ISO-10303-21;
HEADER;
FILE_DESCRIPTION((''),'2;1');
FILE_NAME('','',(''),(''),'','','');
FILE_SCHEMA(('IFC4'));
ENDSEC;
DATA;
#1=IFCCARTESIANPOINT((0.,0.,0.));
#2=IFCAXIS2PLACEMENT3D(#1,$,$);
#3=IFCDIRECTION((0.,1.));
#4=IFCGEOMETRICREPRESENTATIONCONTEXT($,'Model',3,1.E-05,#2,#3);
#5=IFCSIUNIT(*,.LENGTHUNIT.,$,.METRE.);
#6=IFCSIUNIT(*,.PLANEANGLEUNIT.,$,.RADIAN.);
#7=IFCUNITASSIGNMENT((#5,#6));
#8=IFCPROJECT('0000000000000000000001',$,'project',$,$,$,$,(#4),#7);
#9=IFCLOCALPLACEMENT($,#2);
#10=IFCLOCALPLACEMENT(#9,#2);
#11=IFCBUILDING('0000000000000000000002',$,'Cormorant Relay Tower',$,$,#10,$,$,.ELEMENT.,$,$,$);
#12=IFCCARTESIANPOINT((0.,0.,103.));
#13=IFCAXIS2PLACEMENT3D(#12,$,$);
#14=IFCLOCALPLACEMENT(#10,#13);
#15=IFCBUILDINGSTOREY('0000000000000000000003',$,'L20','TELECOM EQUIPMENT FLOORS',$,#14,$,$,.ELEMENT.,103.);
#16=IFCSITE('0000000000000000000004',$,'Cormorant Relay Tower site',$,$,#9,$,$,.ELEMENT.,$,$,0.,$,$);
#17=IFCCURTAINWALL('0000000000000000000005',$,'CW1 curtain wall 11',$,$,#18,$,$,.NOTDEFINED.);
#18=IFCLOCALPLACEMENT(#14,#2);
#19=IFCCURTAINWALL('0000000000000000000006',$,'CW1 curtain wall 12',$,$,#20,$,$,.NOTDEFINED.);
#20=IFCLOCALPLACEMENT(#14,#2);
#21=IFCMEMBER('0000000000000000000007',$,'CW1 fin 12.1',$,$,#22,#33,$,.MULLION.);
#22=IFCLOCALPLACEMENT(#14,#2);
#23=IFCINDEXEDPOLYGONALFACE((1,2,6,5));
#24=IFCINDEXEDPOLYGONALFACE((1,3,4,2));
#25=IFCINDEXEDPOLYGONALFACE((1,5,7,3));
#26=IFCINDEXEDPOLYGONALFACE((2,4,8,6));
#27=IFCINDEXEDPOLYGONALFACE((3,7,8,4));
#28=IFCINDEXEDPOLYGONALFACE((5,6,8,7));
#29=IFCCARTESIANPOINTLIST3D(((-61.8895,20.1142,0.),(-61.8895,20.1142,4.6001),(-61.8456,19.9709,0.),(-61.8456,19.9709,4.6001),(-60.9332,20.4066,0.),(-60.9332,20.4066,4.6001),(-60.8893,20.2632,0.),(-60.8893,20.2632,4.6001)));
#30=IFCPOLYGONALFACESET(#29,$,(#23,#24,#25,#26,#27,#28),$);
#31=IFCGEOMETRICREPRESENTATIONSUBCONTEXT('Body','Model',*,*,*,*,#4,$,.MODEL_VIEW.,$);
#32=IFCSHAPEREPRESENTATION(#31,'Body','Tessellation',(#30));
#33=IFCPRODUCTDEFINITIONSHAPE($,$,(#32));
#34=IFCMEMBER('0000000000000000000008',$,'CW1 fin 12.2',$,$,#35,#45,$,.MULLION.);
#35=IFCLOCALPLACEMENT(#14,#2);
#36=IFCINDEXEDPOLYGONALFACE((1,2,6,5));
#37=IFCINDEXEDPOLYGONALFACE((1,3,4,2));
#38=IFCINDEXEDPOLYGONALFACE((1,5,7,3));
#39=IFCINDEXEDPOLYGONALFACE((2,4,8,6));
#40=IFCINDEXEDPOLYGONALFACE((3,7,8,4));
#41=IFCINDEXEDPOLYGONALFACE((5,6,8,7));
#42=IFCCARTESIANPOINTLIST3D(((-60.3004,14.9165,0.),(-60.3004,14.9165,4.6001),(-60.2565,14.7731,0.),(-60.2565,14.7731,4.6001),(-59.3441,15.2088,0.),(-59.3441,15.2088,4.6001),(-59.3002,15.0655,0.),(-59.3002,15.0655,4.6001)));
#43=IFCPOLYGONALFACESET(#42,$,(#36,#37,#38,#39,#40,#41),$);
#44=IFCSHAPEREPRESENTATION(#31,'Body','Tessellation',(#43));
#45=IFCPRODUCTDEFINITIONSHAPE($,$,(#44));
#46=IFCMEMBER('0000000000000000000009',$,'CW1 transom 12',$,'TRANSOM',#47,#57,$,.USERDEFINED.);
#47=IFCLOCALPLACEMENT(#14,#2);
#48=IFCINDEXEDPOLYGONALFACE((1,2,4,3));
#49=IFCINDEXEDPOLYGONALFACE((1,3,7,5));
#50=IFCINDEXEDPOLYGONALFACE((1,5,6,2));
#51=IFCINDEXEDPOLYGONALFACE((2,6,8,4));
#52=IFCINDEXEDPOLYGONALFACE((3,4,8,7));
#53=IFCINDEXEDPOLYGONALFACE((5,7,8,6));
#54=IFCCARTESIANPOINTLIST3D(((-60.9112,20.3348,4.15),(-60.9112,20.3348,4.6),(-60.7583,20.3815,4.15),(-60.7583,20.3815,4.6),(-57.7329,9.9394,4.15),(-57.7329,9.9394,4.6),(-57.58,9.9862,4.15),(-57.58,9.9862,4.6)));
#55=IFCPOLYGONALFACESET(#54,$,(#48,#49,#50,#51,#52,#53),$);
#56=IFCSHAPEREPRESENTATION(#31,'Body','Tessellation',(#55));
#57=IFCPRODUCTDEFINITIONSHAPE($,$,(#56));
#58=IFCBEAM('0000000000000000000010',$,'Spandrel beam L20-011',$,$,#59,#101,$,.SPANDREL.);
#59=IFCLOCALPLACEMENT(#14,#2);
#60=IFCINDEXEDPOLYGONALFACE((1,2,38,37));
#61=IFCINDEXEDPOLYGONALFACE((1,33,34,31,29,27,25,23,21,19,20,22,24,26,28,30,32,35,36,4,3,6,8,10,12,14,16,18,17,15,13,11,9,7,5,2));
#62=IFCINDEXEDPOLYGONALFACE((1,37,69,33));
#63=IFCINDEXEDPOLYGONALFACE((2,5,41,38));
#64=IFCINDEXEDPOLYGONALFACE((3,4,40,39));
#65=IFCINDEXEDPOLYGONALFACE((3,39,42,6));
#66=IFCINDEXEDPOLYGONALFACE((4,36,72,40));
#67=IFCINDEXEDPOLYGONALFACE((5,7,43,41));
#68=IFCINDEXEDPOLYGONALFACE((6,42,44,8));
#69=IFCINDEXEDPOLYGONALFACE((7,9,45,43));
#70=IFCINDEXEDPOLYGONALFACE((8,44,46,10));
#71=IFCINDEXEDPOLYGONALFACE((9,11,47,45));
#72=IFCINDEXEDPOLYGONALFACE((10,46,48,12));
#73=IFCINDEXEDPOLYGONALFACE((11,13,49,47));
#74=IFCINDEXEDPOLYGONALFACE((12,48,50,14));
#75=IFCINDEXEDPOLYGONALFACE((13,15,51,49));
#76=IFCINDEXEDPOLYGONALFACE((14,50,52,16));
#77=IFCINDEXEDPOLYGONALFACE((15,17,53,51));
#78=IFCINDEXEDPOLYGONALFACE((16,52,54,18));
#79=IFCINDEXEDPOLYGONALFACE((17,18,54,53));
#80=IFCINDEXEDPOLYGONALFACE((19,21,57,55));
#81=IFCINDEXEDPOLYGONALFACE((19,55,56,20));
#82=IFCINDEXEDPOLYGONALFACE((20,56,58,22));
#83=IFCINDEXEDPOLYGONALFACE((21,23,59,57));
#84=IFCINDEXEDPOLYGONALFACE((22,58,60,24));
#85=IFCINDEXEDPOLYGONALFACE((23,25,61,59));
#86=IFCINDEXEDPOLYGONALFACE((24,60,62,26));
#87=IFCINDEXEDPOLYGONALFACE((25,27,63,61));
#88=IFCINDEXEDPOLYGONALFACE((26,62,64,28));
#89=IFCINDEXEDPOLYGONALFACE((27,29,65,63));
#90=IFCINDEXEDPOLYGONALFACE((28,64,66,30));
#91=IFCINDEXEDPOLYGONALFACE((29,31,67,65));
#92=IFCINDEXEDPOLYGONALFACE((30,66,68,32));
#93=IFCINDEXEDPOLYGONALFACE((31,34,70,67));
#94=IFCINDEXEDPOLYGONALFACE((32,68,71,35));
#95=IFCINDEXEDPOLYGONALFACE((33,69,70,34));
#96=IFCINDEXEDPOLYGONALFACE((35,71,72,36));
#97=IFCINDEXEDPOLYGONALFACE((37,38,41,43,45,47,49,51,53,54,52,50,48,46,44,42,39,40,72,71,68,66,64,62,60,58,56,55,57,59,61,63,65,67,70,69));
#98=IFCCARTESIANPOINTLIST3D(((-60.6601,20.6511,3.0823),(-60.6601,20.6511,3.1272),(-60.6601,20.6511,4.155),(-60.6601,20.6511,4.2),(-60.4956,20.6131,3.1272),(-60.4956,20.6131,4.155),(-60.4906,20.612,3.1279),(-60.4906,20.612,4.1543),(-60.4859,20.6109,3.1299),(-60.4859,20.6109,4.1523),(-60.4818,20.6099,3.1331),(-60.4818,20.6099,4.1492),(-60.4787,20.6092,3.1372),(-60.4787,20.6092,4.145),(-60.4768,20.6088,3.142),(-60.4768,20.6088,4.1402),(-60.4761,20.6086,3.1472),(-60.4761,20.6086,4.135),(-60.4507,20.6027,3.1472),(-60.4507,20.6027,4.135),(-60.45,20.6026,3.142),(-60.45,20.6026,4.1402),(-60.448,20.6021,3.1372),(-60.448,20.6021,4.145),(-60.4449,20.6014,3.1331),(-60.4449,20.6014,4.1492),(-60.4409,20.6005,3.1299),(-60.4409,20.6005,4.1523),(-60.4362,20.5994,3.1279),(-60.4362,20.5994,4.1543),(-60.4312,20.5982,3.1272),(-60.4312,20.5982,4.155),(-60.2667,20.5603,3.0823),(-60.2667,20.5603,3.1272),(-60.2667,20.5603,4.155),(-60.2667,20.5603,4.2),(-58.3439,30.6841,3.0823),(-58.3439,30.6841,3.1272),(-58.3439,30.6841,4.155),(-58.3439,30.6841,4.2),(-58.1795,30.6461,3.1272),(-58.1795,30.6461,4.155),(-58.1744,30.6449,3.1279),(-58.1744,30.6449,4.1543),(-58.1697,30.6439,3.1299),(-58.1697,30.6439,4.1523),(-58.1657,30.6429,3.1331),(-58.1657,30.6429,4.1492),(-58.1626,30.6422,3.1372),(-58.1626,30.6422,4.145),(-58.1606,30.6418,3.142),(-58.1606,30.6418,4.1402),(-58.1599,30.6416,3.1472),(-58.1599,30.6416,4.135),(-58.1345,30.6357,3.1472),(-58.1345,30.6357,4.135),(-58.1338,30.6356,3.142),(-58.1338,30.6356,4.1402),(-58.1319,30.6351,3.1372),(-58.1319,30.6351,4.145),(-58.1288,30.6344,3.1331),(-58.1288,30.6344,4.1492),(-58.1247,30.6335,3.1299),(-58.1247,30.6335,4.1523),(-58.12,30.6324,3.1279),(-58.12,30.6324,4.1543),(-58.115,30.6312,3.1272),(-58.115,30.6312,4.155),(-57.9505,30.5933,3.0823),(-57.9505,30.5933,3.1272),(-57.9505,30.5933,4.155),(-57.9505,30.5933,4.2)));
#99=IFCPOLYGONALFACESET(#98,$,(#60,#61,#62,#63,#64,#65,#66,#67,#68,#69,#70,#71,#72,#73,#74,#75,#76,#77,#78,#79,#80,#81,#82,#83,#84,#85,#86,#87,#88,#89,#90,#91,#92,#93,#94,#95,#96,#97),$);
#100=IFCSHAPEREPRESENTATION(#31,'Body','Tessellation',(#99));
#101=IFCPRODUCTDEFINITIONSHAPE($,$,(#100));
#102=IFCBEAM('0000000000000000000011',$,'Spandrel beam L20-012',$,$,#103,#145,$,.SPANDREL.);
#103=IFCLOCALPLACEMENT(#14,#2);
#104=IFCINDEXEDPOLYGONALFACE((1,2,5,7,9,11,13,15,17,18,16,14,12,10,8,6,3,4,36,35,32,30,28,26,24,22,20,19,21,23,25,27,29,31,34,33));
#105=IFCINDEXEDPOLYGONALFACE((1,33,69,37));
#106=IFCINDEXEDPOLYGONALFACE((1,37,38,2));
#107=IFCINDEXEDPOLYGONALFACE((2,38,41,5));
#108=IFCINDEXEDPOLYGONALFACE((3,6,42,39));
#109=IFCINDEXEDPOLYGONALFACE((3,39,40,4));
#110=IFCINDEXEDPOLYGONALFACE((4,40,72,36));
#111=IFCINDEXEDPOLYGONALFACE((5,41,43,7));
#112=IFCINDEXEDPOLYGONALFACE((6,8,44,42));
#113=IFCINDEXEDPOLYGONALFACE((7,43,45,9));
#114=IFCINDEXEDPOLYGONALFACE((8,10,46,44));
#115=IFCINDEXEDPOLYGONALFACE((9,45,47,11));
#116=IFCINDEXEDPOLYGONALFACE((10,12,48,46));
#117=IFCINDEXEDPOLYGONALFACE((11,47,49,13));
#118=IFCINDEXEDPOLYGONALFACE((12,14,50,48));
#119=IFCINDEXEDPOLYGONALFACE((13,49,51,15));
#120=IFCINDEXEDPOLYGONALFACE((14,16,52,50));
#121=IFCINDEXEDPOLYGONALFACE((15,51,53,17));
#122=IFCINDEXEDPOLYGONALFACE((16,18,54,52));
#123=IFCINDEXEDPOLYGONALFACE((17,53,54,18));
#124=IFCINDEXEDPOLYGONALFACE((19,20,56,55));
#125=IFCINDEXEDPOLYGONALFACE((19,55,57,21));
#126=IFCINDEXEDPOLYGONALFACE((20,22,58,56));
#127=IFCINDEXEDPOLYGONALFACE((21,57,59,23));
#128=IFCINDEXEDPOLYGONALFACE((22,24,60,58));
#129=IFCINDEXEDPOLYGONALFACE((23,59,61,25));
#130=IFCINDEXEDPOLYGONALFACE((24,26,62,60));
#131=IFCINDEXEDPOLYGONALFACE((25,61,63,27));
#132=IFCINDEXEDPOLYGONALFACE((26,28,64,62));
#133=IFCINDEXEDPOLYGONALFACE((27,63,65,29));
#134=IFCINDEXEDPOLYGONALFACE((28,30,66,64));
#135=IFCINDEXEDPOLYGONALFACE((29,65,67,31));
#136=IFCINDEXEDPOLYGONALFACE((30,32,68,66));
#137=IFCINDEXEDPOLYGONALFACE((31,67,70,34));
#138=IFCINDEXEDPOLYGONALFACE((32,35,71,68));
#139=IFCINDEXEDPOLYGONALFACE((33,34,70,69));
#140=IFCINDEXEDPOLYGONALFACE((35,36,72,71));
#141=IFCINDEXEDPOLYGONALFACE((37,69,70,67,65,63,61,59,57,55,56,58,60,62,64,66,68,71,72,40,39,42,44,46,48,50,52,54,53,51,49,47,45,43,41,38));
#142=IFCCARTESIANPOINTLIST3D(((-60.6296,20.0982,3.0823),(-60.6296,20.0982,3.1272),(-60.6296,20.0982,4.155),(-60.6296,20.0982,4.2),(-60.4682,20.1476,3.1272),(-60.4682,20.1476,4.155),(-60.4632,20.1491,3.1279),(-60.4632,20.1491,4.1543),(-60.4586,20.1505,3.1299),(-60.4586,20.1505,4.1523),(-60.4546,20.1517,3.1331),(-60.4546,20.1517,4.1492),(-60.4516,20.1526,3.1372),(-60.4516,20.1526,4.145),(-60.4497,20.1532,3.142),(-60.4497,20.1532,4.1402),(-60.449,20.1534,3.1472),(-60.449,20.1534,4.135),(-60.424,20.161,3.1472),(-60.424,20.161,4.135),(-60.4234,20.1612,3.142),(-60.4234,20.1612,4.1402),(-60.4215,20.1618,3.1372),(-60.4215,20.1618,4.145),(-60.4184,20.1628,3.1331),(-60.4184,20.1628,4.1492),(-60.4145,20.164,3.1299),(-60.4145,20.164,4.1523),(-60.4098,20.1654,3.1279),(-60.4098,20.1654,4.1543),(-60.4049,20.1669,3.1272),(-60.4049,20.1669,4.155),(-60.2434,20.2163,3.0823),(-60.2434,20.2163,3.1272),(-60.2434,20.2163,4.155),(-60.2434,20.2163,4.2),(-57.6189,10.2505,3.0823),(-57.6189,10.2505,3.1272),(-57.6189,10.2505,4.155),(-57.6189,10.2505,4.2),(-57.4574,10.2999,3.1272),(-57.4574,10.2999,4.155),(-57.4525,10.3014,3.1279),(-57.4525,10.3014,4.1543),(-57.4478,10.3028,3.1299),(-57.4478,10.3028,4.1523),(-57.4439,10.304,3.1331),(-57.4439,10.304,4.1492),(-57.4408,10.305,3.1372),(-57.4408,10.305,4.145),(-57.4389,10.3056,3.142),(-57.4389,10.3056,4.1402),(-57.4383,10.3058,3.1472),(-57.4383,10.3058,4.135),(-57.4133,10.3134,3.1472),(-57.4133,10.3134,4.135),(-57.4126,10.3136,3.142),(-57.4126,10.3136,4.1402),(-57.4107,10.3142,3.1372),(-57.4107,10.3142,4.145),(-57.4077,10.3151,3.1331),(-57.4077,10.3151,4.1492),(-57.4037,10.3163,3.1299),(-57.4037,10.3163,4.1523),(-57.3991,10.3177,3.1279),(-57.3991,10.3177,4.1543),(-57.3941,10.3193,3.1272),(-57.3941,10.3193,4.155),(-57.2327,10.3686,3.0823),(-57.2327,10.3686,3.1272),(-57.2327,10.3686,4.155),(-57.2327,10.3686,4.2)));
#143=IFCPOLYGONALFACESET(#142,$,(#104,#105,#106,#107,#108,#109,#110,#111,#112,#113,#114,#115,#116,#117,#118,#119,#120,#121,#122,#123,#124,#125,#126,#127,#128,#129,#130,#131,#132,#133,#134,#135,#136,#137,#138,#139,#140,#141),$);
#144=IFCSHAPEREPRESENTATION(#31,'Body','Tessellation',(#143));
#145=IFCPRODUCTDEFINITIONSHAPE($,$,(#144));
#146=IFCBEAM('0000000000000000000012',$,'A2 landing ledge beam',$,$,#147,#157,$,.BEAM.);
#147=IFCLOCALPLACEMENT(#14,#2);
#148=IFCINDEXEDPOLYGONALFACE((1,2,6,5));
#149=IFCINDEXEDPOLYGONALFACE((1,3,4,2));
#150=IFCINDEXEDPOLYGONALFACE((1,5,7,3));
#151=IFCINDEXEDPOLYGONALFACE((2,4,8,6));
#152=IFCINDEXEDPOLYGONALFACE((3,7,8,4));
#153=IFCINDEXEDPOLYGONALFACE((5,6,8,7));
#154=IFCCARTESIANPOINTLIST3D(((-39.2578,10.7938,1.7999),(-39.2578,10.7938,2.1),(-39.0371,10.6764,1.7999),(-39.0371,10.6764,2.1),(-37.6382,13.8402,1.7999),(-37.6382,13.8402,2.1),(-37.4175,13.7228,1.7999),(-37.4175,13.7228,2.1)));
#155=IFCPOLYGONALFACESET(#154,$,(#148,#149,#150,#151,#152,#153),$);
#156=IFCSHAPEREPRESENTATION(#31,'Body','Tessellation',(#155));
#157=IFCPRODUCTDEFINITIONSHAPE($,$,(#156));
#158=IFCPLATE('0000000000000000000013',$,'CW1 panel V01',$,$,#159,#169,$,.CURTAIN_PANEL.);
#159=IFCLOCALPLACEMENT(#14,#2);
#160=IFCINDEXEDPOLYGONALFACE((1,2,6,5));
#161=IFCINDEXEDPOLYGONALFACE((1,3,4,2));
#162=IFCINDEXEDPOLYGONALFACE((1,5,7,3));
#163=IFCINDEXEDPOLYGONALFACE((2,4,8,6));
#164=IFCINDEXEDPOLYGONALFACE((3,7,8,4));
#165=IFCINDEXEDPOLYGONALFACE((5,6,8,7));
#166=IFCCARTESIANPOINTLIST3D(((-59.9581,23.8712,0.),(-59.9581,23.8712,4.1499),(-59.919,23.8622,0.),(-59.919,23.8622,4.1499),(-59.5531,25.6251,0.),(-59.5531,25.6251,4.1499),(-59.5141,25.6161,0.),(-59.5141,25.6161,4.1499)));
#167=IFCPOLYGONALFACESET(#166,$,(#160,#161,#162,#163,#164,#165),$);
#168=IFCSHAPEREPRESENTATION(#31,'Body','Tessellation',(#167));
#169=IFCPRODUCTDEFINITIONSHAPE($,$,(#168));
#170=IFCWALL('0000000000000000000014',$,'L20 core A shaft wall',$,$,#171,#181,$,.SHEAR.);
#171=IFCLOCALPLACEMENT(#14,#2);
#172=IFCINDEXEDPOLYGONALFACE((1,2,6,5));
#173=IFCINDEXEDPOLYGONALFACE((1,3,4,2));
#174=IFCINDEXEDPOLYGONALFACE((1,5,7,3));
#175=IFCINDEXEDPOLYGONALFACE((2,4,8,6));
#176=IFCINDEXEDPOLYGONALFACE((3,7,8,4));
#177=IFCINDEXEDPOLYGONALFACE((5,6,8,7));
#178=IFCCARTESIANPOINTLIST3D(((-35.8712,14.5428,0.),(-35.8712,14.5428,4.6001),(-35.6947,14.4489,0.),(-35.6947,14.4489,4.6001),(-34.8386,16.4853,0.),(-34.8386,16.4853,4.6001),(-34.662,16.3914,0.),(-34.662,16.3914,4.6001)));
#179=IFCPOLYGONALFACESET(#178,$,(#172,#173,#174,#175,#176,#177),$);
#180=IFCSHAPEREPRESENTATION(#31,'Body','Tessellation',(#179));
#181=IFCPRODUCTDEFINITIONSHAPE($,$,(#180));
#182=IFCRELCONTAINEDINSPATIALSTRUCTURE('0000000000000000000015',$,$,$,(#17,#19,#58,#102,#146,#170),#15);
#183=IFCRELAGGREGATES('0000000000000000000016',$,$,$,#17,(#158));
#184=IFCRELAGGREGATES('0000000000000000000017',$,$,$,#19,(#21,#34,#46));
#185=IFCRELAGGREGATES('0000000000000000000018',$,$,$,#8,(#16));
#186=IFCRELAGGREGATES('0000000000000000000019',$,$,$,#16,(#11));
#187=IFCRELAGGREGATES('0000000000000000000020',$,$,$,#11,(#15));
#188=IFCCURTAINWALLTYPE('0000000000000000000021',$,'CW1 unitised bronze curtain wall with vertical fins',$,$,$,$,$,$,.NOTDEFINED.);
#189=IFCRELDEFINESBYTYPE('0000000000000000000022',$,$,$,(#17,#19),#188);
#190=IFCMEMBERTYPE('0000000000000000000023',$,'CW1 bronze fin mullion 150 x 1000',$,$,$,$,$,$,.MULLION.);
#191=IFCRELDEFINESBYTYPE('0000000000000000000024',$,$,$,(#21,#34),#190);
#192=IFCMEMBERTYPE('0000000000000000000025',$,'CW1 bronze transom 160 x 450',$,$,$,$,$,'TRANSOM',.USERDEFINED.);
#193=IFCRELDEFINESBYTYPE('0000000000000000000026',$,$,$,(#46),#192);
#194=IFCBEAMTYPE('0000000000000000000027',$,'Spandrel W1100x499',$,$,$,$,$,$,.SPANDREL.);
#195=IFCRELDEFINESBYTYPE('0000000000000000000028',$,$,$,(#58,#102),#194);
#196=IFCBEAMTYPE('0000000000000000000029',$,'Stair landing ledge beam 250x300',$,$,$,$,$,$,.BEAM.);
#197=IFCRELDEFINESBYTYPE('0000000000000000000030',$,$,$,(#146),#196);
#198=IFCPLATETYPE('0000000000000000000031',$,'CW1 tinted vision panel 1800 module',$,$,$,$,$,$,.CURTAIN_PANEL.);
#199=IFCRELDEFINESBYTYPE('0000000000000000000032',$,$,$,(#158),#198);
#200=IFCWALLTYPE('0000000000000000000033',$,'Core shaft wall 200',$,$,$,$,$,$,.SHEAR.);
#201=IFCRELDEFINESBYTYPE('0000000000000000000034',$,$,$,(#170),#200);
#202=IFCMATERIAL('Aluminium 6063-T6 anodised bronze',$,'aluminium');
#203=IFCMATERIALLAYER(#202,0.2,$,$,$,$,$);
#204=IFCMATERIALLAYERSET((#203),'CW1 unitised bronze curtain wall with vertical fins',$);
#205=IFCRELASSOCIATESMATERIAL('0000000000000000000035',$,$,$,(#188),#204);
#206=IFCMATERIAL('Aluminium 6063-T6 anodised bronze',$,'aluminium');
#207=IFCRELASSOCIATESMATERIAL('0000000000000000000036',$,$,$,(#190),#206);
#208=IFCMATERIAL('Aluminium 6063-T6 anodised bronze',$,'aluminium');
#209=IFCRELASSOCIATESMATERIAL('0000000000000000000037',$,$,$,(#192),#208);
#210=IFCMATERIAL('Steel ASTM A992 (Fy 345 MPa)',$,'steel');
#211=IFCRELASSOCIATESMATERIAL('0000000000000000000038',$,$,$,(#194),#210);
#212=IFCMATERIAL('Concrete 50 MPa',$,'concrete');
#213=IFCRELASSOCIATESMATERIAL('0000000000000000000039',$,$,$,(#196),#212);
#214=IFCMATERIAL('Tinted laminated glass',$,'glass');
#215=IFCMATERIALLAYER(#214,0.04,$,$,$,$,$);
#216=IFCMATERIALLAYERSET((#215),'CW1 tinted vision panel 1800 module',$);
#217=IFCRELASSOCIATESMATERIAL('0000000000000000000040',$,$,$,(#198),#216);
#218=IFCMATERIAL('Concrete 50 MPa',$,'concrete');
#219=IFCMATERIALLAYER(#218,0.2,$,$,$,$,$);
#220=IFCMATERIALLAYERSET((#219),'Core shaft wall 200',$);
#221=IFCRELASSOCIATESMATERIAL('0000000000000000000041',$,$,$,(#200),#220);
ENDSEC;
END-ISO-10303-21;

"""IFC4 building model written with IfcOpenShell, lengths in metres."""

from ifc_helpers import new_model, si_unit, direction, frame, frame_2d, origin, origin_2d, place, context, subcontext, project, spatial, rectangle, i_section, extrude, material, layer, layer_set, material_profile, profile_set, type_object, element, aggregate, save


model = new_model("IFC4")

# Units and contexts
model_context = context("Model", 3, precision=1e-05, world=origin(), true_north=direction((0.0, 1.0)))
body_context = subcontext(model_context, "Body", "Model", "MODEL_VIEW")
ifc_project = project(units=[si_unit("LENGTHUNIT", "METRE"), si_unit("PLANEANGLEUNIT", "RADIAN")], contexts=[model_context])

# Site, building, storey
site_placement = place(None, origin())
site = spatial("IfcSite", under=ifc_project, at=site_placement, Name="Cormorant Relay Tower site", CompositionType="ELEMENT", RefElevation=0.0)
building_placement = place(site_placement, origin())
building = spatial("IfcBuilding", under=site, at=building_placement, Name="Cormorant Relay Tower", CompositionType="ELEMENT")
storey_placement = place(building_placement, frame((0.0, 0.0, 103.0)))
storey = spatial("IfcBuildingStorey", under=building, at=storey_placement, Name="L20", Description="TELECOM EQUIPMENT FLOORS", CompositionType="ELEMENT", Elevation=103.0)

# Curtain wall
ifc_material_1 = material(Name="Aluminium 6063-T6 anodised bronze", Category="aluminium")
ifc_layer_1 = layer(ifc_material_1, 0.2)
ifc_layer_set_1 = layer_set([ifc_layer_1], Name="CW1 unitised bronze curtain wall with vertical fins")
curtain_wall_type = type_object("IfcCurtainWallType", Name="CW1 unitised bronze curtain wall with vertical fins", PredefinedType="NOTDEFINED", material=ifc_layer_set_1)
curtain_wall_1_placement = place(storey_placement, origin())
curtain_wall_1 = element("IfcCurtainWall", 1, at=curtain_wall_1_placement, inside=storey, type_object=curtain_wall_type, Name="CW1 curtain wall 11", PredefinedType="NOTDEFINED")
ifc_material_2 = material(Name="Aluminium 6063-T6 anodised bronze", Category="aluminium")
ifc_material_profile_1 = material_profile(ifc_material_2, rectangle(XDim=0.1499, YDim=1.0, at=origin_2d()), Name="AL 150x1000")
ifc_profile_set_1 = profile_set([ifc_material_profile_1], Name="Aluminium 6063-T6 anodised bronze")
member_type_1 = type_object("IfcMemberType", Name="CW1 bronze fin mullion 150 x 1000", PredefinedType="MULLION", material=ifc_profile_set_1)

# Curtain wall, members
curtain_wall_2_placement = place(storey_placement, origin())
curtain_wall_2 = element("IfcCurtainWall", 2, at=curtain_wall_2_placement, inside=storey, type_object=curtain_wall_type, Name="CW1 curtain wall 12", PredefinedType="NOTDEFINED")
member_1_placement = place(storey_placement, frame((-61.3894, 20.1887, 0.0), z_axis=(0.0, 0.0, 1.0), x_axis=(0.292372, -0.956305, 0.0)))
member_1 = element("IfcMember", 3, at=member_1_placement, type_object=member_type_1, Name="CW1 fin 12.1", PredefinedType="MULLION", context=body_context, shape_type="SweptSolid", body=[
    extrude(rectangle(XDim=0.1499, YDim=1.0, at=origin_2d()), origin(), (0.0, 0.0, 1.0), 4.6001),
])
member_2_placement = place(storey_placement, frame((-59.8003, 14.991, 0.0), z_axis=(0.0, 0.0, 1.0), x_axis=(0.292372, -0.956305, 0.0)))
member_2 = element("IfcMember", 4, at=member_2_placement, type_object=member_type_1, Name="CW1 fin 12.2", PredefinedType="MULLION", context=body_context, shape_type="SweptSolid", body=[
    extrude(rectangle(XDim=0.1499, YDim=1.0, at=origin_2d()), origin(), (0.0, 0.0, 1.0), 4.6001),
])
ifc_material_3 = material(Name="Aluminium 6063-T6 anodised bronze", Category="aluminium")
ifc_material_profile_2 = material_profile(ifc_material_3, rectangle(XDim=0.1599, YDim=0.45, at=origin_2d()), Name="AL 160x450")
ifc_profile_set_2 = profile_set([ifc_material_profile_2], Name="Aluminium 6063-T6 anodised bronze")
member_type_2 = type_object("IfcMemberType", Name="CW1 bronze transom 160 x 450", ElementType="TRANSOM", PredefinedType="USERDEFINED", material=ifc_profile_set_2)
member_3_placement = place(storey_placement, frame((-60.8347, 20.3582, 4.375), z_axis=(0.292378, -0.956303, 0.0), x_axis=(0.956303, 0.292378, 0.0)))
member_3 = element("IfcMember", 5, at=member_3_placement, type_object=member_type_2, Name="CW1 transom 12", ObjectType="TRANSOM", PredefinedType="USERDEFINED", context=body_context, shape_type="SweptSolid", body=[
    extrude(rectangle(XDim=0.1599, YDim=0.45, at=origin_2d()), origin(), (0.0, 0.0, 1.0), 10.8704),
])

# Beams
ifc_material_4 = material(Name="Steel ASTM A992 (Fy 345 MPa)", Category="steel")
ifc_material_profile_3 = material_profile(ifc_material_4, i_section(OverallWidth=0.4038, OverallDepth=1.1177, WebThickness=0.0261, FlangeThickness=0.0449, FilletRadius=0.02, at=origin_2d()), Name="W1100x499")
ifc_profile_set_3 = profile_set([ifc_material_profile_3], Name="Steel ASTM A992 (Fy 345 MPa)")
beam_type_1 = type_object("IfcBeamType", Name="Spandrel W1100x499", PredefinedType="SPANDREL", material=ifc_profile_set_3)
beam_1_placement = place(storey_placement, frame((-58.1472, 30.6387, 3.6411), z_axis=(-0.224939, -0.974373, 0.0), x_axis=(0.974373, -0.224939, 0.0)))
element("IfcBeam", 6, at=beam_1_placement, inside=storey, type_object=beam_type_1, Name="Spandrel beam L20-011", PredefinedType="SPANDREL", context=body_context, shape_type="SweptSolid", body=[
    extrude(i_section(OverallWidth=0.4038, OverallDepth=1.1177, WebThickness=0.0261, FlangeThickness=0.0449, FilletRadius=0.02, at=origin_2d()), origin(), (0.0, 0.0, 1.0), 10.2969),
])
beam_2_placement = place(storey_placement, frame((-60.4365, 20.1572, 3.6411), z_axis=(0.292373, -0.956304, 0.0), x_axis=(0.956304, 0.292373, 0.0)))
element("IfcBeam", 7, at=beam_2_placement, inside=storey, type_object=beam_type_1, Name="Spandrel beam L20-012", PredefinedType="SPANDREL", context=body_context, shape_type="SweptSolid", body=[
    extrude(i_section(OverallWidth=0.4038, OverallDepth=1.1177, WebThickness=0.0261, FlangeThickness=0.0449, FilletRadius=0.02, at=origin_2d()), origin(), (0.0, 0.0, 1.0), 10.2976),
])
ifc_material_5 = material(Name="Concrete 50 MPa", Category="concrete")
ifc_material_profile_4 = material_profile(ifc_material_5, rectangle(XDim=0.25, YDim=0.3, at=origin_2d()), Name="RC 250x300")
ifc_profile_set_4 = profile_set([ifc_material_profile_4], Name="Concrete 50 MPa")
beam_type_2 = type_object("IfcBeamType", Name="Stair landing ledge beam 250x300", PredefinedType="BEAM", material=ifc_profile_set_4)
beam_3_placement = place(storey_placement, frame((-37.5278, 13.7815, 1.95), z_axis=(-0.469435, -0.882967, 0.0), x_axis=(0.882967, -0.469435, 0.0)))
element("IfcBeam", 8, at=beam_3_placement, inside=storey, type_object=beam_type_2, Name="A2 landing ledge beam", PredefinedType="BEAM", context=body_context, shape_type="SweptSolid", body=[
    extrude(rectangle(XDim=0.25, YDim=0.3, at=origin_2d()), origin(), (0.0, 0.0, 1.0), 3.4502),
])

# Plate
ifc_material_6 = material(Name="Tinted laminated glass", Category="glass")
ifc_layer_2 = layer(ifc_material_6, 0.04)
ifc_layer_set_2 = layer_set([ifc_layer_2], Name="CW1 tinted vision panel 1800 module")
plate_type = type_object("IfcPlateType", Name="CW1 tinted vision panel 1800 module", PredefinedType="CURTAIN_PANEL", material=ifc_layer_set_2)
plate_placement = place(storey_placement, frame((-59.7361, 24.7437, 0.0), z_axis=(0.0, 0.0, 1.0), x_axis=(-0.224951, -0.97437, 0.0)))
plate = element("IfcPlate", 9, at=plate_placement, type_object=plate_type, Name="CW1 panel V01", PredefinedType="CURTAIN_PANEL", context=body_context, shape_type="SweptSolid", body=[
    extrude(rectangle(XDim=1.8, YDim=0.04, at=origin_2d()), origin(), (0.0, 0.0, 1.0), 4.1499),
])

# Wall
ifc_material_7 = material(Name="Concrete 50 MPa", Category="concrete")
ifc_layer_3 = layer(ifc_material_7, 0.2)
ifc_layer_set_3 = layer_set([ifc_layer_3], Name="Core shaft wall 200")
wall_type_1 = type_object("IfcWallType", Name="Core shaft wall 200", PredefinedType="SHEAR", material=ifc_layer_set_3)
wall_1_placement = place(storey_placement, frame((-34.7502, 16.4385, 0.0), z_axis=(0.0, 0.0, 1.0), x_axis=(-0.469401, -0.882985, 0.0)))
element("IfcWall", 10, at=wall_1_placement, inside=storey, type_object=wall_type_1, Name="L20 core A shaft wall", PredefinedType="SHEAR", context=body_context, shape_type="SweptSolid", body=[
    extrude(rectangle(XDim=2.2, YDim=0.2, at=frame_2d((1.1001, 0.0))), origin(), (0.0, 0.0, 1.0), 4.6001),
])

aggregate(curtain_wall_1, [plate])
aggregate(curtain_wall_2, [member_1, member_2, member_3])

save(model, "model.ifc")
